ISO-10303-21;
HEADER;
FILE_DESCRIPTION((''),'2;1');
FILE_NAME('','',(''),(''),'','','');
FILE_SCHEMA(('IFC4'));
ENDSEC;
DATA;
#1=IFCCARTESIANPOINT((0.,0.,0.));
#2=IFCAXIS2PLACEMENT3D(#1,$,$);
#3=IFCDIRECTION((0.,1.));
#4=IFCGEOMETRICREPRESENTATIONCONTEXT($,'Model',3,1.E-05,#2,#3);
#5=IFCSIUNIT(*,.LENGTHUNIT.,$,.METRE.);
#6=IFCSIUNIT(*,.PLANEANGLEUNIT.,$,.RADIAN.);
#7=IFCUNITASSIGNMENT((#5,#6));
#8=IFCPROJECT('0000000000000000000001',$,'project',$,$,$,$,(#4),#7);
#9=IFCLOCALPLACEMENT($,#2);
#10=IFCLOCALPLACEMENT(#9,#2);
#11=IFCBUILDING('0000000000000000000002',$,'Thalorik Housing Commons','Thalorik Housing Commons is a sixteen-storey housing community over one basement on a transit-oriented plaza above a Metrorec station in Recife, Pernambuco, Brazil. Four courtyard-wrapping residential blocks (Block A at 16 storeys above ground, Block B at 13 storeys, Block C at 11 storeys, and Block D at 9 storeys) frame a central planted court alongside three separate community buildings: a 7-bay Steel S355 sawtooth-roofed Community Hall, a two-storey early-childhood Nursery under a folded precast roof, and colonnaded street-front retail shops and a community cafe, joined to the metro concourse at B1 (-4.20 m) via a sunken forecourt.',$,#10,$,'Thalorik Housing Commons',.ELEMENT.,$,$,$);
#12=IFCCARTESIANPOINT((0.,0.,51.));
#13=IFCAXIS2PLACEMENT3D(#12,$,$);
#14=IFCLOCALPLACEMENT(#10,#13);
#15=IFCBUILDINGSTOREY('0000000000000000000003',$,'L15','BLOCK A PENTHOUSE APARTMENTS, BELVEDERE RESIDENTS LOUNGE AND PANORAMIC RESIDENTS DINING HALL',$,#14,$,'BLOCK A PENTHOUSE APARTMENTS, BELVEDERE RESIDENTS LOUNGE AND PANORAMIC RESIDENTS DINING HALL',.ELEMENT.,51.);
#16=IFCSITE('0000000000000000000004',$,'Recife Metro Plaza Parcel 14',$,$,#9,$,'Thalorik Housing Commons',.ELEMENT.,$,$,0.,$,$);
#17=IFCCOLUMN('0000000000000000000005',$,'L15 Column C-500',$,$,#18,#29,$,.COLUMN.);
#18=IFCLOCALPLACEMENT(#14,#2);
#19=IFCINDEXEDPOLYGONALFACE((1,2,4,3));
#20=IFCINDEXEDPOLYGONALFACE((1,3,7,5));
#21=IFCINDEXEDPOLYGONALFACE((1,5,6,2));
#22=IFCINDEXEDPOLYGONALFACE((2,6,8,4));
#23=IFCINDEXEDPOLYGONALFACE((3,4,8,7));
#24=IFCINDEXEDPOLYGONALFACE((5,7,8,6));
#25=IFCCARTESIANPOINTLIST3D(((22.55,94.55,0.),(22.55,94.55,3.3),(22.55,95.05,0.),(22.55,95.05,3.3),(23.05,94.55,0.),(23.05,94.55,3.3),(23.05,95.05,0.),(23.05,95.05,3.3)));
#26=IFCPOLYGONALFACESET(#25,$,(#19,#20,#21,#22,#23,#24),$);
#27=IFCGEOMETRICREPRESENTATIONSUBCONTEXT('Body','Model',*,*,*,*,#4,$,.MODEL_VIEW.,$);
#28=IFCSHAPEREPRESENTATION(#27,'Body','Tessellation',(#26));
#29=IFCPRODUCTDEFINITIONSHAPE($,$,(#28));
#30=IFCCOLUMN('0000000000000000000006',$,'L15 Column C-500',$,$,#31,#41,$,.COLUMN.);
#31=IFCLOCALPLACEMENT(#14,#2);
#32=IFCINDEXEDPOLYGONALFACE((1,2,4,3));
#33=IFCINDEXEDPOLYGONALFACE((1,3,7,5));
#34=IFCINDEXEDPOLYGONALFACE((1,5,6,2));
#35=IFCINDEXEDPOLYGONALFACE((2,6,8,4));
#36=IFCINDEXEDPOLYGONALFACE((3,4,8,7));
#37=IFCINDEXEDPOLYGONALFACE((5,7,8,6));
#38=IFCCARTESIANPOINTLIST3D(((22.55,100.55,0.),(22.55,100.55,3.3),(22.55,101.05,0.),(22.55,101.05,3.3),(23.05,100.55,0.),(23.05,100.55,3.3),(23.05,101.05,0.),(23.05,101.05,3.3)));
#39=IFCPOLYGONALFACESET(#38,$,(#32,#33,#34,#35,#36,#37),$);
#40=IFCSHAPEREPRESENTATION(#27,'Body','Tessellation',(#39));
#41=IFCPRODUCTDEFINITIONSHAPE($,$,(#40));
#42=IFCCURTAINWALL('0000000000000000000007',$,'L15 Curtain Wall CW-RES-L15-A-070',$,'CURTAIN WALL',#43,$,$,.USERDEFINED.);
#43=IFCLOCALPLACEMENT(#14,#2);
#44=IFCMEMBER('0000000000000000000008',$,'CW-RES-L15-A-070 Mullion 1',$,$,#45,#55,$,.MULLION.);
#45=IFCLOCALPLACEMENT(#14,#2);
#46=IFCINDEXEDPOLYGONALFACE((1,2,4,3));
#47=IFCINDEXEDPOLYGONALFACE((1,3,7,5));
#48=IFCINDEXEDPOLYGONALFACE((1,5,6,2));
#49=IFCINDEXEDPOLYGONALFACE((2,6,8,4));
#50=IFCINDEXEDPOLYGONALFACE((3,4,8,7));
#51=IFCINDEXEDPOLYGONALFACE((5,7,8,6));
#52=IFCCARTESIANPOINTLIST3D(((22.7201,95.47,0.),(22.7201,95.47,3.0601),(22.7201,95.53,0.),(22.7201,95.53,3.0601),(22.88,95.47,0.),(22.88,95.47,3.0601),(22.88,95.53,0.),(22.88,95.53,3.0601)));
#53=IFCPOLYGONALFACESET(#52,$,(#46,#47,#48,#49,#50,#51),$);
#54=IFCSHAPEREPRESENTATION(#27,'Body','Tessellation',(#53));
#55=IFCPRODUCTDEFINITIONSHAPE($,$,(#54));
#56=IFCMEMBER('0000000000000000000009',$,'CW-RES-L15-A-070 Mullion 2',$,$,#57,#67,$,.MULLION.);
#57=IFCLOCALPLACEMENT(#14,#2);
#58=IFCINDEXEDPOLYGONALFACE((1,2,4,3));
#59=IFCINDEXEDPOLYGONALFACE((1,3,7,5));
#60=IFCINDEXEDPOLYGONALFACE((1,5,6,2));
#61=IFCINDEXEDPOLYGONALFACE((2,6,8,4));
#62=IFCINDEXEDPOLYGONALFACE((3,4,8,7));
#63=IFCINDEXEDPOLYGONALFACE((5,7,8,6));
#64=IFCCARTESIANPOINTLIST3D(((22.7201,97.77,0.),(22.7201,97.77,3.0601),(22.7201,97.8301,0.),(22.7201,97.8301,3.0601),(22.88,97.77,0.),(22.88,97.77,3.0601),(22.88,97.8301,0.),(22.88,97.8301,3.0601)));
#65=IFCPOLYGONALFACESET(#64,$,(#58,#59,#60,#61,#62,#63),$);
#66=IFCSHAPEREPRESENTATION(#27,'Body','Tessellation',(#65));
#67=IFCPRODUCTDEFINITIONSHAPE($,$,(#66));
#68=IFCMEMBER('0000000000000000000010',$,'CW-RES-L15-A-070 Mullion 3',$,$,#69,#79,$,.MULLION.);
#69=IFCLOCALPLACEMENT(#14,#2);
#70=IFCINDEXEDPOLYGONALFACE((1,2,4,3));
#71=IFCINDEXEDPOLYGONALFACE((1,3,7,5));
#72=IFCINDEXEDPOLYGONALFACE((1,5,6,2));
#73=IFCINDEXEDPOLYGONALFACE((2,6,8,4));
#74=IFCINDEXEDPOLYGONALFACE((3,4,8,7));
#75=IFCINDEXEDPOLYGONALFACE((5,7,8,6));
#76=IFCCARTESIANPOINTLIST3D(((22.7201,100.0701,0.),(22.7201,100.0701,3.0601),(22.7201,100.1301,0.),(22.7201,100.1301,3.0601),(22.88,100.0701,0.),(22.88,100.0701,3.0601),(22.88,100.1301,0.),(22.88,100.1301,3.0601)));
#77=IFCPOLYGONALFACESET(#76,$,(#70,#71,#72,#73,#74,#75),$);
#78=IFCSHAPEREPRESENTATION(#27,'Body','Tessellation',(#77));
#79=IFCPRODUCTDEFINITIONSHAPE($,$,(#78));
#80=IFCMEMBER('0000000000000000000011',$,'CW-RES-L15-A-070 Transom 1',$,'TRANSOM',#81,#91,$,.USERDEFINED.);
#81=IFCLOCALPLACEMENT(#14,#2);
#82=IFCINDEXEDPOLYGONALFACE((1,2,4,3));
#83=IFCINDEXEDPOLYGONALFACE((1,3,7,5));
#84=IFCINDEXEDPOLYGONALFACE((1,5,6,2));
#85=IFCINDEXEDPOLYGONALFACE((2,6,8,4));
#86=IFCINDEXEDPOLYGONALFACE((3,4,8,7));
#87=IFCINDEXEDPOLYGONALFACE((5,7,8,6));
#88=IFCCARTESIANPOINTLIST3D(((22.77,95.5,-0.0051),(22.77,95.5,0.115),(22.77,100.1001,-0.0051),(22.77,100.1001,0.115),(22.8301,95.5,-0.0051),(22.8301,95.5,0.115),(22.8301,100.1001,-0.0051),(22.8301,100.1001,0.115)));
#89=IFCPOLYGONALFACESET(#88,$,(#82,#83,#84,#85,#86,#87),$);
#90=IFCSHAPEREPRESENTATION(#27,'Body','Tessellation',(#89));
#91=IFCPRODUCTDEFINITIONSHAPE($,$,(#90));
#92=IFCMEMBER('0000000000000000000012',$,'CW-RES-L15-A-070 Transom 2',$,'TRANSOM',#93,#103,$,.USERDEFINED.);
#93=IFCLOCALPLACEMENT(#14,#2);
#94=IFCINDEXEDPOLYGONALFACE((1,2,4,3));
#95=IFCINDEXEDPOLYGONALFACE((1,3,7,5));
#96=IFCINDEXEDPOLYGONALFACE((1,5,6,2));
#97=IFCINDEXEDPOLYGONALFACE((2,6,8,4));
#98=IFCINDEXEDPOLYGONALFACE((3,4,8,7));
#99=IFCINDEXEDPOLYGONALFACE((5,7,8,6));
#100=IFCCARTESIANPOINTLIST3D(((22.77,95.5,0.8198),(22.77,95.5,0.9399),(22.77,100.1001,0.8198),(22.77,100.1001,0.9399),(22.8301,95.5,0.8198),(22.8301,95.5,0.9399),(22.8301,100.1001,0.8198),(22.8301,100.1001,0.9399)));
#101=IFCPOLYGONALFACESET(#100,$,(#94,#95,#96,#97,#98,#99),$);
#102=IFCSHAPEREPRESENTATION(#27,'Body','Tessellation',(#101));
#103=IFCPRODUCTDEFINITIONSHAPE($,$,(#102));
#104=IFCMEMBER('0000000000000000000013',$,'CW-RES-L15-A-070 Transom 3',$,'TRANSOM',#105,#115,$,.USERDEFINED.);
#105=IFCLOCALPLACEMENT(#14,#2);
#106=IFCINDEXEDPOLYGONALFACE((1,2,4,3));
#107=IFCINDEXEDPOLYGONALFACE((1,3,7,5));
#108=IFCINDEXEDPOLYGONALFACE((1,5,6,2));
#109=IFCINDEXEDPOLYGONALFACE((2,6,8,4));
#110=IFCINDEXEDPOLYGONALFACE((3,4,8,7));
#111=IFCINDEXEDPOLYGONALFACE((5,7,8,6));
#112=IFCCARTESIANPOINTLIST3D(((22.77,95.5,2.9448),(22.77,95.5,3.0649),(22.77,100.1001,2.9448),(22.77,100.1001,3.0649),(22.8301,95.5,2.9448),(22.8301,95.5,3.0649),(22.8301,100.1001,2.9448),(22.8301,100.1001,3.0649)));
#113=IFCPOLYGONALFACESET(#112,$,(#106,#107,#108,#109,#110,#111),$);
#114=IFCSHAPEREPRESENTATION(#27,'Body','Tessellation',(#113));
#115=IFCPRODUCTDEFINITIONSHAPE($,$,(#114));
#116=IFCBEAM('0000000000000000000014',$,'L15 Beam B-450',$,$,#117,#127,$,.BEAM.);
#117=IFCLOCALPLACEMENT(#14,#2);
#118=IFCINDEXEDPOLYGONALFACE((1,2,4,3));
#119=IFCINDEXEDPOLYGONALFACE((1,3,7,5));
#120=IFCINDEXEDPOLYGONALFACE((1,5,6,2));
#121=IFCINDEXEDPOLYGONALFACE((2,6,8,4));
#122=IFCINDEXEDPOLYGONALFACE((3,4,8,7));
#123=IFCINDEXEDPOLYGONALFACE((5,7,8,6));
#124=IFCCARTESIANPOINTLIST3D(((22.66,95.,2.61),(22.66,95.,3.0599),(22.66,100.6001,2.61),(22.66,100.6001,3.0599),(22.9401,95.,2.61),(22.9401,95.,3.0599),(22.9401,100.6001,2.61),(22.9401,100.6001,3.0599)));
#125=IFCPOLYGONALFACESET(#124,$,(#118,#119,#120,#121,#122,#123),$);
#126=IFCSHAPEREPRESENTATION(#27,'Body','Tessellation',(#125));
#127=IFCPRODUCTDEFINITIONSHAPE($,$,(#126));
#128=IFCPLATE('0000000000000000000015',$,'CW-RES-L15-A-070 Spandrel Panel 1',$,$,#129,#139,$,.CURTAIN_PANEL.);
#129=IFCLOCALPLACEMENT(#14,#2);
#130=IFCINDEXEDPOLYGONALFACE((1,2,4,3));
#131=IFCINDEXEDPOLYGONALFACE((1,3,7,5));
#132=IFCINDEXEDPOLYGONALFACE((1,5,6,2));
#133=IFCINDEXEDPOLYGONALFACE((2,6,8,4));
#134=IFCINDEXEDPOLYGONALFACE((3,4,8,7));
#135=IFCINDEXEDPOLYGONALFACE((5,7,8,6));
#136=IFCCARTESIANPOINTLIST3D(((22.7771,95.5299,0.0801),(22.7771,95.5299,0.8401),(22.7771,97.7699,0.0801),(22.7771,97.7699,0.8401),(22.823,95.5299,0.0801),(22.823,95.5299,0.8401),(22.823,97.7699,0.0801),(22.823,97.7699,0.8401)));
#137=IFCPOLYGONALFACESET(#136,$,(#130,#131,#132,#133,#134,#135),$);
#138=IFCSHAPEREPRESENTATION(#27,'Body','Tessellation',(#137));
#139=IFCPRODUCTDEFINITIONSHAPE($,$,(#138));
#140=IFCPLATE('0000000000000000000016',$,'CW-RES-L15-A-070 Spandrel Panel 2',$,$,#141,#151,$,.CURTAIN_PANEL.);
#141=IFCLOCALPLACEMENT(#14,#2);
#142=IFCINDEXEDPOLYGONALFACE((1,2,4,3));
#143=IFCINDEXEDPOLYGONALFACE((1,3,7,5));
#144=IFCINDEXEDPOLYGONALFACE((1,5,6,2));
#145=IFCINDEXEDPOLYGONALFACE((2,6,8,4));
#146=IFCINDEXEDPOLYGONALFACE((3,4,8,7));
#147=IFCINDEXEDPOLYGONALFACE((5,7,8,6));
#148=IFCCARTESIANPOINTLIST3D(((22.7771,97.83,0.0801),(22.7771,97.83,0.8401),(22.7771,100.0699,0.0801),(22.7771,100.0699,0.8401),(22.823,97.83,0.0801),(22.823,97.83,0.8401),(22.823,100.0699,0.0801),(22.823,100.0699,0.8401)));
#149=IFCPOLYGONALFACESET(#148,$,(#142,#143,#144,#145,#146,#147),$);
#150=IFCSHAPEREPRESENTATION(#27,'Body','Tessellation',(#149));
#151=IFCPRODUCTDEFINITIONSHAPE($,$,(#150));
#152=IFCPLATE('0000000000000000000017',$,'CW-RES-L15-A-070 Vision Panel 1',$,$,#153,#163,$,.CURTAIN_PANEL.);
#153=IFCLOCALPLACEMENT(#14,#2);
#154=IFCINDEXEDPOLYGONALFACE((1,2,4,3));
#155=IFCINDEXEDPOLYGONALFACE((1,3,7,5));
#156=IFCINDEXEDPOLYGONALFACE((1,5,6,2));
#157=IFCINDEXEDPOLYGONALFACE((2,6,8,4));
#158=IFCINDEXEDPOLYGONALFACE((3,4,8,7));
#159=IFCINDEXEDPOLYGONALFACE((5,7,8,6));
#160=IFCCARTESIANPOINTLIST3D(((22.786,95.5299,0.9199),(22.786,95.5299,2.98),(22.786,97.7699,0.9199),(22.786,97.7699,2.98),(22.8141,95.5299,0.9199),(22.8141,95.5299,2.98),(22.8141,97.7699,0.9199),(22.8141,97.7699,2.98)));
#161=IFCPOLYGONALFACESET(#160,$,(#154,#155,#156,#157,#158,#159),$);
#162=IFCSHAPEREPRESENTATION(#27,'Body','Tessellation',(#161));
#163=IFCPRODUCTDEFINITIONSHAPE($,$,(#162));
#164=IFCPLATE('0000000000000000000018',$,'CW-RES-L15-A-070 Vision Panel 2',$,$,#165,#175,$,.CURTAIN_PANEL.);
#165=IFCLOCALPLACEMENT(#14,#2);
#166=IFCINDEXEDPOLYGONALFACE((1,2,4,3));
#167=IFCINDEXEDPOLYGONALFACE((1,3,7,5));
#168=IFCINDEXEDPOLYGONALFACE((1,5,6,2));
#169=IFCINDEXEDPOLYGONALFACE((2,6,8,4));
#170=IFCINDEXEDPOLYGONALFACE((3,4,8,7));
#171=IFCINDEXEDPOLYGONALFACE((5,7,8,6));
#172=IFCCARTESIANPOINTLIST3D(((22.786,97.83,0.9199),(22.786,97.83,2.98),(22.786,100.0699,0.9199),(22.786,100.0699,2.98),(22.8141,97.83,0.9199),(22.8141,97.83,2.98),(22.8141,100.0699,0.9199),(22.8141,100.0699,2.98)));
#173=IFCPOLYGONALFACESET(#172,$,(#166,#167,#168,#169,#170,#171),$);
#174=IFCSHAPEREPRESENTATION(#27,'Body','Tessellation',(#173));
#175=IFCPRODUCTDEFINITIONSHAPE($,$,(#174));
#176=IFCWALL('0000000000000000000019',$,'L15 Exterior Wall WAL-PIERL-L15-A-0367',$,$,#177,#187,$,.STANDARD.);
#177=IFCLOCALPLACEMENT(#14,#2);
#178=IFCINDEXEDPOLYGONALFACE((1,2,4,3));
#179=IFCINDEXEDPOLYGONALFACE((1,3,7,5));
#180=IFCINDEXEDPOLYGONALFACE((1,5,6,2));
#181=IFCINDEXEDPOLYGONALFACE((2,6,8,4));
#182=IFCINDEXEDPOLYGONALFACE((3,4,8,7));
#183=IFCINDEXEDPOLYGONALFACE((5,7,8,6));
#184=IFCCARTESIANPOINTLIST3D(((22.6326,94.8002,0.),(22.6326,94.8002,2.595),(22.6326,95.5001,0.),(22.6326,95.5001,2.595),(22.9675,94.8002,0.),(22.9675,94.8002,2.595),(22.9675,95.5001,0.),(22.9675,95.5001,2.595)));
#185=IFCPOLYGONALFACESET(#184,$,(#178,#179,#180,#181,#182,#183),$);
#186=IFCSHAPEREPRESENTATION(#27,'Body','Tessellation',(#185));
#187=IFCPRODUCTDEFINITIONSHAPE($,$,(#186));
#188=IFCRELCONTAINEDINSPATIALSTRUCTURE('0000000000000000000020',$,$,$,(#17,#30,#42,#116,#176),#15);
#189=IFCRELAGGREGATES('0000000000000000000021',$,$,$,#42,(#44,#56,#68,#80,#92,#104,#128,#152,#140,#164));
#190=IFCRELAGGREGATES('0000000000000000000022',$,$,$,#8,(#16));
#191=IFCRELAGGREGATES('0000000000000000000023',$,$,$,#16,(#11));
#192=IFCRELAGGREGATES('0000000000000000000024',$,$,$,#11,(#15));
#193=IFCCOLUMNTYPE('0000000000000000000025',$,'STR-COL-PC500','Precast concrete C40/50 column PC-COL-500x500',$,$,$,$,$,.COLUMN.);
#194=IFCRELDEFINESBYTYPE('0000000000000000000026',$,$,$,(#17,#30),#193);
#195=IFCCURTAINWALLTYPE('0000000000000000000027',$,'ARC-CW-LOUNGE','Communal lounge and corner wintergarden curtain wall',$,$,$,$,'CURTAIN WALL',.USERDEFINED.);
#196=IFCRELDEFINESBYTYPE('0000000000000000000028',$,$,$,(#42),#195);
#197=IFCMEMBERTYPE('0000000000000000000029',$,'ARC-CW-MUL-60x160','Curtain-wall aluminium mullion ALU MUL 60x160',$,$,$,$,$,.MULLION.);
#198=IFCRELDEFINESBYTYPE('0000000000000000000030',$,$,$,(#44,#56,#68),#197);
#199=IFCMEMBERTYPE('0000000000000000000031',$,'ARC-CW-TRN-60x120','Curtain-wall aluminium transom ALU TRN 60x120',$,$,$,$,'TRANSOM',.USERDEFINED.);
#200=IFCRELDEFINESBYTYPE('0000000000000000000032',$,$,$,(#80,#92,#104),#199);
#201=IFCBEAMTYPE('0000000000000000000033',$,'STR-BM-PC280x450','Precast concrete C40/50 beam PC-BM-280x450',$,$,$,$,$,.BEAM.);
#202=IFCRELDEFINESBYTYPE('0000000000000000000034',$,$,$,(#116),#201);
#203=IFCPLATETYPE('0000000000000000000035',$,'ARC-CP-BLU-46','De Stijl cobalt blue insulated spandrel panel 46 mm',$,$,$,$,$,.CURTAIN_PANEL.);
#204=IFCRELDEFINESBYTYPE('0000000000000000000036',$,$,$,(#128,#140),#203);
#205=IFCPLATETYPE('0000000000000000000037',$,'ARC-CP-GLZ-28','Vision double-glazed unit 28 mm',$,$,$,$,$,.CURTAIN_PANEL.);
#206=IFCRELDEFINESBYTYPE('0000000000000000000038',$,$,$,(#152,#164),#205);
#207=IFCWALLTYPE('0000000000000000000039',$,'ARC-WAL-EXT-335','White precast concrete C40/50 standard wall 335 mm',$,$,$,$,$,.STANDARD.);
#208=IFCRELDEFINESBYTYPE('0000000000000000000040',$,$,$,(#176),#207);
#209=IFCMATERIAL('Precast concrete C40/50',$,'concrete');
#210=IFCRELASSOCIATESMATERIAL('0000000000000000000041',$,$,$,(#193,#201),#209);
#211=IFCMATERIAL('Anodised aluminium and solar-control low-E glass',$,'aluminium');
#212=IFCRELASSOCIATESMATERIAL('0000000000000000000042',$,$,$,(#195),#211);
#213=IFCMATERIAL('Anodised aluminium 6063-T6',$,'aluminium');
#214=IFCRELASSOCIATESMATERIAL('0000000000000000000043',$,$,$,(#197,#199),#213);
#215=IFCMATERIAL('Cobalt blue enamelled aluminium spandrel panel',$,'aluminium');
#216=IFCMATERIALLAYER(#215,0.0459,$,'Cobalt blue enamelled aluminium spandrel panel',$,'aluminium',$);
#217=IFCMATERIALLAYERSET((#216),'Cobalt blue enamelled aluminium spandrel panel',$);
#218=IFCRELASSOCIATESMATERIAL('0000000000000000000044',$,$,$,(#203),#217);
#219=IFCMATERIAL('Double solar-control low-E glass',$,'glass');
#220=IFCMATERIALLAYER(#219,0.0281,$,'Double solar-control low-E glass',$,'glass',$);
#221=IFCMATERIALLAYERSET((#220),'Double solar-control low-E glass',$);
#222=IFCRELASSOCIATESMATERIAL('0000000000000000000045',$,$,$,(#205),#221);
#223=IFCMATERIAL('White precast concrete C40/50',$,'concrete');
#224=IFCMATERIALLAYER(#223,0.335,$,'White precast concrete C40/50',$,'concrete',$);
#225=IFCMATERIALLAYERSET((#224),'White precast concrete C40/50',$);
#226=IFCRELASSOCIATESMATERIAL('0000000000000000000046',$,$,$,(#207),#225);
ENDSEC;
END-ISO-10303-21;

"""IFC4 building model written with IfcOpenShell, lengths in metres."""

from ifc_helpers import new_model, si_unit, direction, frame, frame_2d, origin, origin_2d, place, context, subcontext, project, spatial, rectangle, extrude, material, layer, layer_set, material_profile, profile_set, type_object, element, aggregate, save


model = new_model("IFC4")

# Units and contexts
model_context = context("Model", 3, precision=1e-05, world=origin(), true_north=direction((0.0, 1.0)))
body_context = subcontext(model_context, "Body", "Model", "MODEL_VIEW")
ifc_project = project(units=[si_unit("LENGTHUNIT", "METRE"), si_unit("PLANEANGLEUNIT", "RADIAN")], contexts=[model_context])

# Site, building, storey
site_placement = place(None, origin())
site = spatial("IfcSite", under=ifc_project, at=site_placement, Name="Recife Metro Plaza Parcel 14", LongName="Thalorik Housing Commons", CompositionType="ELEMENT", RefElevation=0.0)
building_placement = place(site_placement, origin())
building = spatial("IfcBuilding", under=site, at=building_placement, Name="Thalorik Housing Commons", Description="Thalorik Housing Commons is a sixteen-storey housing community over one basement on a transit-oriented plaza above a Metrorec station in Recife, Pernambuco, Brazil. Four courtyard-wrapping residential blocks (Block A at 16 storeys above ground, Block B at 13 storeys, Block C at 11 storeys, and Block D at 9 storeys) frame a central planted court alongside three separate community buildings: a 7-bay Steel S355 sawtooth-roofed Community Hall, a two-storey early-childhood Nursery under a folded precast roof, and colonnaded street-front retail shops and a community cafe, joined to the metro concourse at B1 (-4.20 m) via a sunken forecourt.", LongName="Thalorik Housing Commons", CompositionType="ELEMENT")
storey_placement = place(building_placement, frame((0.0, 0.0, 51.0)))
storey = spatial("IfcBuildingStorey", under=building, at=storey_placement, Name="L15", Description="BLOCK A PENTHOUSE APARTMENTS, BELVEDERE RESIDENTS LOUNGE AND PANORAMIC RESIDENTS DINING HALL", LongName="BLOCK A PENTHOUSE APARTMENTS, BELVEDERE RESIDENTS LOUNGE AND PANORAMIC RESIDENTS DINING HALL", CompositionType="ELEMENT", Elevation=51.0)

# Columns
ifc_material_1 = material(Name="Precast concrete C40/50", Category="concrete")
ifc_material_profile_1 = material_profile(ifc_material_1, rectangle(XDim=0.5, YDim=0.5, at=origin_2d()), Name="PC 500x500", Category="concrete")
ifc_profile_set_1 = profile_set([ifc_material_profile_1], Name="Precast concrete C40/50")
column_type = type_object("IfcColumnType", Name="STR-COL-PC500", Description="Precast concrete C40/50 column PC-COL-500x500", PredefinedType="COLUMN", material=ifc_profile_set_1)
for number, where, z_axis, x_axis, name in (
    (1, (22.8, 94.8, 0.0), (0.0, 0.0, 1.0), (1.0, 0.0, 0.0), "L15 Column C-500"),
    (2, (22.8, 100.8, 0.0), (0.0, 0.0, 1.0), (1.0, 0.0, 0.0), "L15 Column C-500"),
):
    element("IfcColumn", number, at=place(storey_placement, frame(where, z_axis=z_axis, x_axis=x_axis)), inside=storey, type_object=column_type, Name=name, PredefinedType="COLUMN", context=body_context, shape_type="SweptSolid", body=[
        extrude(rectangle(XDim=0.5, YDim=0.5, at=origin_2d()), origin(), (0.0, 0.0, 1.0), 3.3),
    ])

# Curtain wall, members
ifc_material_2 = material(Name="Anodised aluminium and solar-control low-E glass", Category="aluminium")
curtain_wall_type = type_object("IfcCurtainWallType", Name="ARC-CW-LOUNGE", Description="Communal lounge and corner wintergarden curtain wall", ElementType="CURTAIN WALL", PredefinedType="USERDEFINED", material=ifc_material_2)
curtain_wall_placement = place(storey_placement, origin())
curtain_wall = element("IfcCurtainWall", 3, at=curtain_wall_placement, inside=storey, type_object=curtain_wall_type, Name="L15 Curtain Wall CW-RES-L15-A-070", ObjectType="CURTAIN WALL", PredefinedType="USERDEFINED")
ifc_material_3 = material(Name="Anodised aluminium 6063-T6", Category="aluminium")
ifc_material_profile_2 = material_profile(ifc_material_3, rectangle(XDim=0.0601, YDim=0.1599, at=origin_2d()), Name="ALU MUL 60x160", Category="aluminium")
ifc_profile_set_2 = profile_set([ifc_material_profile_2], Name="Anodised aluminium 6063-T6")
member_type_1 = type_object("IfcMemberType", Name="ARC-CW-MUL-60x160", Description="Curtain-wall aluminium mullion ALU MUL 60x160", PredefinedType="MULLION", material=ifc_profile_set_2)
member_1_placement = place(storey_placement, frame((22.8, 95.5, 0.0), z_axis=(0.0, 0.0, 1.0), x_axis=(0.0, 1.0, 0.0)))
member_1 = element("IfcMember", 4, at=member_1_placement, type_object=member_type_1, Name="CW-RES-L15-A-070 Mullion 1", PredefinedType="MULLION", context=body_context, shape_type="SweptSolid", body=[
    extrude(rectangle(XDim=0.0601, YDim=0.1599, at=origin_2d()), origin(), (0.0, 0.0, 1.0), 3.0601),
])
member_2_placement = place(storey_placement, frame((22.8, 97.8, 0.0), z_axis=(0.0, 0.0, 1.0), x_axis=(0.0, 1.0, 0.0)))
member_2 = element("IfcMember", 5, at=member_2_placement, type_object=member_type_1, Name="CW-RES-L15-A-070 Mullion 2", PredefinedType="MULLION", context=body_context, shape_type="SweptSolid", body=[
    extrude(rectangle(XDim=0.0601, YDim=0.1599, at=origin_2d()), origin(), (0.0, 0.0, 1.0), 3.0601),
])
member_3_placement = place(storey_placement, frame((22.8, 100.1001, 0.0), z_axis=(0.0, 0.0, 1.0), x_axis=(0.0, 1.0, 0.0)))
member_3 = element("IfcMember", 6, at=member_3_placement, type_object=member_type_1, Name="CW-RES-L15-A-070 Mullion 3", PredefinedType="MULLION", context=body_context, shape_type="SweptSolid", body=[
    extrude(rectangle(XDim=0.0601, YDim=0.1599, at=origin_2d()), origin(), (0.0, 0.0, 1.0), 3.0601),
])
ifc_material_profile_3 = material_profile(ifc_material_3, rectangle(XDim=0.0601, YDim=0.1201, at=origin_2d()), Name="ALU TRN 60x120", Category="aluminium")
ifc_profile_set_3 = profile_set([ifc_material_profile_3], Name="Anodised aluminium 6063-T6")
member_type_2 = type_object("IfcMemberType", Name="ARC-CW-TRN-60x120", Description="Curtain-wall aluminium transom ALU TRN 60x120", ElementType="TRANSOM", PredefinedType="USERDEFINED", material=ifc_profile_set_3)
member_4_placement = place(storey_placement, frame((22.8, 95.5, 0.0549), z_axis=(0.0, 1.0, 0.0), x_axis=(-1.0, 0.0, 0.0)))
member_4 = element("IfcMember", 7, at=member_4_placement, type_object=member_type_2, Name="CW-RES-L15-A-070 Transom 1", ObjectType="TRANSOM", PredefinedType="USERDEFINED", context=body_context, shape_type="SweptSolid", body=[
    extrude(rectangle(XDim=0.0601, YDim=0.1201, at=origin_2d()), origin(), (0.0, 0.0, 1.0), 4.6001),
])
member_5_placement = place(storey_placement, frame((22.8, 95.5, 0.8799), z_axis=(0.0, 1.0, 0.0), x_axis=(-1.0, 0.0, 0.0)))
member_5 = element("IfcMember", 8, at=member_5_placement, type_object=member_type_2, Name="CW-RES-L15-A-070 Transom 2", ObjectType="TRANSOM", PredefinedType="USERDEFINED", context=body_context, shape_type="SweptSolid", body=[
    extrude(rectangle(XDim=0.0601, YDim=0.1201, at=origin_2d()), origin(), (0.0, 0.0, 1.0), 4.6001),
])
member_6_placement = place(storey_placement, frame((22.8, 95.5, 3.0049), z_axis=(0.0, 1.0, 0.0), x_axis=(-1.0, 0.0, 0.0)))
member_6 = element("IfcMember", 9, at=member_6_placement, type_object=member_type_2, Name="CW-RES-L15-A-070 Transom 3", ObjectType="TRANSOM", PredefinedType="USERDEFINED", context=body_context, shape_type="SweptSolid", body=[
    extrude(rectangle(XDim=0.0601, YDim=0.1201, at=origin_2d()), origin(), (0.0, 0.0, 1.0), 4.6001),
])

# Beam
ifc_material_profile_4 = material_profile(ifc_material_1, rectangle(XDim=0.28, YDim=0.45, at=origin_2d()), Name="PC 280x450", Category="concrete")
ifc_profile_set_4 = profile_set([ifc_material_profile_4], Name="Precast concrete C40/50")
beam_type = type_object("IfcBeamType", Name="STR-BM-PC280x450", Description="Precast concrete C40/50 beam PC-BM-280x450", PredefinedType="BEAM", material=ifc_profile_set_4)
beam_placement = place(storey_placement, frame((22.8, 95.0, 2.835), z_axis=(0.0, 1.0, 0.0), x_axis=(-1.0, 0.0, 0.0)))
element("IfcBeam", 10, at=beam_placement, inside=storey, type_object=beam_type, Name="L15 Beam B-450", PredefinedType="BEAM", context=body_context, shape_type="SweptSolid", body=[
    extrude(rectangle(XDim=0.28, YDim=0.45, at=origin_2d()), origin(), (0.0, 0.0, 1.0), 5.6001),
])

# Plates
ifc_material_4 = material(Name="Cobalt blue enamelled aluminium spandrel panel", Category="aluminium")
ifc_layer_1 = layer(ifc_material_4, 0.0459, Name="Cobalt blue enamelled aluminium spandrel panel", Category="aluminium")
ifc_layer_set_1 = layer_set([ifc_layer_1], Name="Cobalt blue enamelled aluminium spandrel panel")
plate_type_1 = type_object("IfcPlateType", Name="ARC-CP-BLU-46", Description="De Stijl cobalt blue insulated spandrel panel 46 mm", PredefinedType="CURTAIN_PANEL", material=ifc_layer_set_1)
plate_1_placement = place(storey_placement, frame((22.8, 96.6499, 0.0801), z_axis=(0.0, 0.0, 1.0), x_axis=(0.0, 1.0, 0.0)))
plate_1 = element("IfcPlate", 11, at=plate_1_placement, type_object=plate_type_1, Name="CW-RES-L15-A-070 Spandrel Panel 1", PredefinedType="CURTAIN_PANEL", context=body_context, shape_type="SweptSolid", body=[
    extrude(rectangle(XDim=2.24, YDim=0.0459, at=origin_2d()), origin(), (0.0, 0.0, 1.0), 0.76),
])
plate_2_placement = place(storey_placement, frame((22.8, 98.95, 0.0801), z_axis=(0.0, 0.0, 1.0), x_axis=(0.0, 1.0, 0.0)))
plate_2 = element("IfcPlate", 12, at=plate_2_placement, type_object=plate_type_1, Name="CW-RES-L15-A-070 Spandrel Panel 2", PredefinedType="CURTAIN_PANEL", context=body_context, shape_type="SweptSolid", body=[
    extrude(rectangle(XDim=2.24, YDim=0.0459, at=origin_2d()), origin(), (0.0, 0.0, 1.0), 0.76),
])
ifc_material_5 = material(Name="Double solar-control low-E glass", Category="glass")
ifc_layer_2 = layer(ifc_material_5, 0.0281, Name="Double solar-control low-E glass", Category="glass")
ifc_layer_set_2 = layer_set([ifc_layer_2], Name="Double solar-control low-E glass")
plate_type_2 = type_object("IfcPlateType", Name="ARC-CP-GLZ-28", Description="Vision double-glazed unit 28 mm", PredefinedType="CURTAIN_PANEL", material=ifc_layer_set_2)
plate_3_placement = place(storey_placement, frame((22.8, 96.6499, 0.9199), z_axis=(0.0, 0.0, 1.0), x_axis=(0.0, 1.0, 0.0)))
plate_3 = element("IfcPlate", 13, at=plate_3_placement, type_object=plate_type_2, Name="CW-RES-L15-A-070 Vision Panel 1", PredefinedType="CURTAIN_PANEL", context=body_context, shape_type="SweptSolid", body=[
    extrude(rectangle(XDim=2.24, YDim=0.0281, at=origin_2d()), origin(), (0.0, 0.0, 1.0), 2.0601),
])
plate_4_placement = place(storey_placement, frame((22.8, 98.95, 0.9199), z_axis=(0.0, 0.0, 1.0), x_axis=(0.0, 1.0, 0.0)))
plate_4 = element("IfcPlate", 14, at=plate_4_placement, type_object=plate_type_2, Name="CW-RES-L15-A-070 Vision Panel 2", PredefinedType="CURTAIN_PANEL", context=body_context, shape_type="SweptSolid", body=[
    extrude(rectangle(XDim=2.24, YDim=0.0281, at=origin_2d()), origin(), (0.0, 0.0, 1.0), 2.0601),
])
aggregate(curtain_wall, [member_1, member_2, member_3, member_4, member_5, member_6, plate_1, plate_3, plate_2, plate_4])

# Wall
ifc_material_6 = material(Name="White precast concrete C40/50", Category="concrete")
ifc_layer_3 = layer(ifc_material_6, 0.335, Name="White precast concrete C40/50", Category="concrete")
ifc_layer_set_3 = layer_set([ifc_layer_3], Name="White precast concrete C40/50")
wall_type = type_object("IfcWallType", Name="ARC-WAL-EXT-335", Description="White precast concrete C40/50 standard wall 335 mm", PredefinedType="STANDARD", material=ifc_layer_set_3)
for number, where, z_axis, x_axis, name in (
    (15, (22.8, 94.8, 0.0), (0.0, 0.0, 1.0), (0.0, 1.0, 0.0), "L15 Exterior Wall WAL-PIERL-L15-A-0367"),
):
    element("IfcWall", number, at=place(storey_placement, frame(where, z_axis=z_axis, x_axis=x_axis)), inside=storey, type_object=wall_type, Name=name, PredefinedType="STANDARD", context=body_context, shape_type="SweptSolid", body=[
        extrude(rectangle(XDim=0.7, YDim=0.335, at=frame_2d((0.3501, 0.0))), origin(), (0.0, 0.0, 1.0), 2.595),
    ])

save(model, "model.ifc")
